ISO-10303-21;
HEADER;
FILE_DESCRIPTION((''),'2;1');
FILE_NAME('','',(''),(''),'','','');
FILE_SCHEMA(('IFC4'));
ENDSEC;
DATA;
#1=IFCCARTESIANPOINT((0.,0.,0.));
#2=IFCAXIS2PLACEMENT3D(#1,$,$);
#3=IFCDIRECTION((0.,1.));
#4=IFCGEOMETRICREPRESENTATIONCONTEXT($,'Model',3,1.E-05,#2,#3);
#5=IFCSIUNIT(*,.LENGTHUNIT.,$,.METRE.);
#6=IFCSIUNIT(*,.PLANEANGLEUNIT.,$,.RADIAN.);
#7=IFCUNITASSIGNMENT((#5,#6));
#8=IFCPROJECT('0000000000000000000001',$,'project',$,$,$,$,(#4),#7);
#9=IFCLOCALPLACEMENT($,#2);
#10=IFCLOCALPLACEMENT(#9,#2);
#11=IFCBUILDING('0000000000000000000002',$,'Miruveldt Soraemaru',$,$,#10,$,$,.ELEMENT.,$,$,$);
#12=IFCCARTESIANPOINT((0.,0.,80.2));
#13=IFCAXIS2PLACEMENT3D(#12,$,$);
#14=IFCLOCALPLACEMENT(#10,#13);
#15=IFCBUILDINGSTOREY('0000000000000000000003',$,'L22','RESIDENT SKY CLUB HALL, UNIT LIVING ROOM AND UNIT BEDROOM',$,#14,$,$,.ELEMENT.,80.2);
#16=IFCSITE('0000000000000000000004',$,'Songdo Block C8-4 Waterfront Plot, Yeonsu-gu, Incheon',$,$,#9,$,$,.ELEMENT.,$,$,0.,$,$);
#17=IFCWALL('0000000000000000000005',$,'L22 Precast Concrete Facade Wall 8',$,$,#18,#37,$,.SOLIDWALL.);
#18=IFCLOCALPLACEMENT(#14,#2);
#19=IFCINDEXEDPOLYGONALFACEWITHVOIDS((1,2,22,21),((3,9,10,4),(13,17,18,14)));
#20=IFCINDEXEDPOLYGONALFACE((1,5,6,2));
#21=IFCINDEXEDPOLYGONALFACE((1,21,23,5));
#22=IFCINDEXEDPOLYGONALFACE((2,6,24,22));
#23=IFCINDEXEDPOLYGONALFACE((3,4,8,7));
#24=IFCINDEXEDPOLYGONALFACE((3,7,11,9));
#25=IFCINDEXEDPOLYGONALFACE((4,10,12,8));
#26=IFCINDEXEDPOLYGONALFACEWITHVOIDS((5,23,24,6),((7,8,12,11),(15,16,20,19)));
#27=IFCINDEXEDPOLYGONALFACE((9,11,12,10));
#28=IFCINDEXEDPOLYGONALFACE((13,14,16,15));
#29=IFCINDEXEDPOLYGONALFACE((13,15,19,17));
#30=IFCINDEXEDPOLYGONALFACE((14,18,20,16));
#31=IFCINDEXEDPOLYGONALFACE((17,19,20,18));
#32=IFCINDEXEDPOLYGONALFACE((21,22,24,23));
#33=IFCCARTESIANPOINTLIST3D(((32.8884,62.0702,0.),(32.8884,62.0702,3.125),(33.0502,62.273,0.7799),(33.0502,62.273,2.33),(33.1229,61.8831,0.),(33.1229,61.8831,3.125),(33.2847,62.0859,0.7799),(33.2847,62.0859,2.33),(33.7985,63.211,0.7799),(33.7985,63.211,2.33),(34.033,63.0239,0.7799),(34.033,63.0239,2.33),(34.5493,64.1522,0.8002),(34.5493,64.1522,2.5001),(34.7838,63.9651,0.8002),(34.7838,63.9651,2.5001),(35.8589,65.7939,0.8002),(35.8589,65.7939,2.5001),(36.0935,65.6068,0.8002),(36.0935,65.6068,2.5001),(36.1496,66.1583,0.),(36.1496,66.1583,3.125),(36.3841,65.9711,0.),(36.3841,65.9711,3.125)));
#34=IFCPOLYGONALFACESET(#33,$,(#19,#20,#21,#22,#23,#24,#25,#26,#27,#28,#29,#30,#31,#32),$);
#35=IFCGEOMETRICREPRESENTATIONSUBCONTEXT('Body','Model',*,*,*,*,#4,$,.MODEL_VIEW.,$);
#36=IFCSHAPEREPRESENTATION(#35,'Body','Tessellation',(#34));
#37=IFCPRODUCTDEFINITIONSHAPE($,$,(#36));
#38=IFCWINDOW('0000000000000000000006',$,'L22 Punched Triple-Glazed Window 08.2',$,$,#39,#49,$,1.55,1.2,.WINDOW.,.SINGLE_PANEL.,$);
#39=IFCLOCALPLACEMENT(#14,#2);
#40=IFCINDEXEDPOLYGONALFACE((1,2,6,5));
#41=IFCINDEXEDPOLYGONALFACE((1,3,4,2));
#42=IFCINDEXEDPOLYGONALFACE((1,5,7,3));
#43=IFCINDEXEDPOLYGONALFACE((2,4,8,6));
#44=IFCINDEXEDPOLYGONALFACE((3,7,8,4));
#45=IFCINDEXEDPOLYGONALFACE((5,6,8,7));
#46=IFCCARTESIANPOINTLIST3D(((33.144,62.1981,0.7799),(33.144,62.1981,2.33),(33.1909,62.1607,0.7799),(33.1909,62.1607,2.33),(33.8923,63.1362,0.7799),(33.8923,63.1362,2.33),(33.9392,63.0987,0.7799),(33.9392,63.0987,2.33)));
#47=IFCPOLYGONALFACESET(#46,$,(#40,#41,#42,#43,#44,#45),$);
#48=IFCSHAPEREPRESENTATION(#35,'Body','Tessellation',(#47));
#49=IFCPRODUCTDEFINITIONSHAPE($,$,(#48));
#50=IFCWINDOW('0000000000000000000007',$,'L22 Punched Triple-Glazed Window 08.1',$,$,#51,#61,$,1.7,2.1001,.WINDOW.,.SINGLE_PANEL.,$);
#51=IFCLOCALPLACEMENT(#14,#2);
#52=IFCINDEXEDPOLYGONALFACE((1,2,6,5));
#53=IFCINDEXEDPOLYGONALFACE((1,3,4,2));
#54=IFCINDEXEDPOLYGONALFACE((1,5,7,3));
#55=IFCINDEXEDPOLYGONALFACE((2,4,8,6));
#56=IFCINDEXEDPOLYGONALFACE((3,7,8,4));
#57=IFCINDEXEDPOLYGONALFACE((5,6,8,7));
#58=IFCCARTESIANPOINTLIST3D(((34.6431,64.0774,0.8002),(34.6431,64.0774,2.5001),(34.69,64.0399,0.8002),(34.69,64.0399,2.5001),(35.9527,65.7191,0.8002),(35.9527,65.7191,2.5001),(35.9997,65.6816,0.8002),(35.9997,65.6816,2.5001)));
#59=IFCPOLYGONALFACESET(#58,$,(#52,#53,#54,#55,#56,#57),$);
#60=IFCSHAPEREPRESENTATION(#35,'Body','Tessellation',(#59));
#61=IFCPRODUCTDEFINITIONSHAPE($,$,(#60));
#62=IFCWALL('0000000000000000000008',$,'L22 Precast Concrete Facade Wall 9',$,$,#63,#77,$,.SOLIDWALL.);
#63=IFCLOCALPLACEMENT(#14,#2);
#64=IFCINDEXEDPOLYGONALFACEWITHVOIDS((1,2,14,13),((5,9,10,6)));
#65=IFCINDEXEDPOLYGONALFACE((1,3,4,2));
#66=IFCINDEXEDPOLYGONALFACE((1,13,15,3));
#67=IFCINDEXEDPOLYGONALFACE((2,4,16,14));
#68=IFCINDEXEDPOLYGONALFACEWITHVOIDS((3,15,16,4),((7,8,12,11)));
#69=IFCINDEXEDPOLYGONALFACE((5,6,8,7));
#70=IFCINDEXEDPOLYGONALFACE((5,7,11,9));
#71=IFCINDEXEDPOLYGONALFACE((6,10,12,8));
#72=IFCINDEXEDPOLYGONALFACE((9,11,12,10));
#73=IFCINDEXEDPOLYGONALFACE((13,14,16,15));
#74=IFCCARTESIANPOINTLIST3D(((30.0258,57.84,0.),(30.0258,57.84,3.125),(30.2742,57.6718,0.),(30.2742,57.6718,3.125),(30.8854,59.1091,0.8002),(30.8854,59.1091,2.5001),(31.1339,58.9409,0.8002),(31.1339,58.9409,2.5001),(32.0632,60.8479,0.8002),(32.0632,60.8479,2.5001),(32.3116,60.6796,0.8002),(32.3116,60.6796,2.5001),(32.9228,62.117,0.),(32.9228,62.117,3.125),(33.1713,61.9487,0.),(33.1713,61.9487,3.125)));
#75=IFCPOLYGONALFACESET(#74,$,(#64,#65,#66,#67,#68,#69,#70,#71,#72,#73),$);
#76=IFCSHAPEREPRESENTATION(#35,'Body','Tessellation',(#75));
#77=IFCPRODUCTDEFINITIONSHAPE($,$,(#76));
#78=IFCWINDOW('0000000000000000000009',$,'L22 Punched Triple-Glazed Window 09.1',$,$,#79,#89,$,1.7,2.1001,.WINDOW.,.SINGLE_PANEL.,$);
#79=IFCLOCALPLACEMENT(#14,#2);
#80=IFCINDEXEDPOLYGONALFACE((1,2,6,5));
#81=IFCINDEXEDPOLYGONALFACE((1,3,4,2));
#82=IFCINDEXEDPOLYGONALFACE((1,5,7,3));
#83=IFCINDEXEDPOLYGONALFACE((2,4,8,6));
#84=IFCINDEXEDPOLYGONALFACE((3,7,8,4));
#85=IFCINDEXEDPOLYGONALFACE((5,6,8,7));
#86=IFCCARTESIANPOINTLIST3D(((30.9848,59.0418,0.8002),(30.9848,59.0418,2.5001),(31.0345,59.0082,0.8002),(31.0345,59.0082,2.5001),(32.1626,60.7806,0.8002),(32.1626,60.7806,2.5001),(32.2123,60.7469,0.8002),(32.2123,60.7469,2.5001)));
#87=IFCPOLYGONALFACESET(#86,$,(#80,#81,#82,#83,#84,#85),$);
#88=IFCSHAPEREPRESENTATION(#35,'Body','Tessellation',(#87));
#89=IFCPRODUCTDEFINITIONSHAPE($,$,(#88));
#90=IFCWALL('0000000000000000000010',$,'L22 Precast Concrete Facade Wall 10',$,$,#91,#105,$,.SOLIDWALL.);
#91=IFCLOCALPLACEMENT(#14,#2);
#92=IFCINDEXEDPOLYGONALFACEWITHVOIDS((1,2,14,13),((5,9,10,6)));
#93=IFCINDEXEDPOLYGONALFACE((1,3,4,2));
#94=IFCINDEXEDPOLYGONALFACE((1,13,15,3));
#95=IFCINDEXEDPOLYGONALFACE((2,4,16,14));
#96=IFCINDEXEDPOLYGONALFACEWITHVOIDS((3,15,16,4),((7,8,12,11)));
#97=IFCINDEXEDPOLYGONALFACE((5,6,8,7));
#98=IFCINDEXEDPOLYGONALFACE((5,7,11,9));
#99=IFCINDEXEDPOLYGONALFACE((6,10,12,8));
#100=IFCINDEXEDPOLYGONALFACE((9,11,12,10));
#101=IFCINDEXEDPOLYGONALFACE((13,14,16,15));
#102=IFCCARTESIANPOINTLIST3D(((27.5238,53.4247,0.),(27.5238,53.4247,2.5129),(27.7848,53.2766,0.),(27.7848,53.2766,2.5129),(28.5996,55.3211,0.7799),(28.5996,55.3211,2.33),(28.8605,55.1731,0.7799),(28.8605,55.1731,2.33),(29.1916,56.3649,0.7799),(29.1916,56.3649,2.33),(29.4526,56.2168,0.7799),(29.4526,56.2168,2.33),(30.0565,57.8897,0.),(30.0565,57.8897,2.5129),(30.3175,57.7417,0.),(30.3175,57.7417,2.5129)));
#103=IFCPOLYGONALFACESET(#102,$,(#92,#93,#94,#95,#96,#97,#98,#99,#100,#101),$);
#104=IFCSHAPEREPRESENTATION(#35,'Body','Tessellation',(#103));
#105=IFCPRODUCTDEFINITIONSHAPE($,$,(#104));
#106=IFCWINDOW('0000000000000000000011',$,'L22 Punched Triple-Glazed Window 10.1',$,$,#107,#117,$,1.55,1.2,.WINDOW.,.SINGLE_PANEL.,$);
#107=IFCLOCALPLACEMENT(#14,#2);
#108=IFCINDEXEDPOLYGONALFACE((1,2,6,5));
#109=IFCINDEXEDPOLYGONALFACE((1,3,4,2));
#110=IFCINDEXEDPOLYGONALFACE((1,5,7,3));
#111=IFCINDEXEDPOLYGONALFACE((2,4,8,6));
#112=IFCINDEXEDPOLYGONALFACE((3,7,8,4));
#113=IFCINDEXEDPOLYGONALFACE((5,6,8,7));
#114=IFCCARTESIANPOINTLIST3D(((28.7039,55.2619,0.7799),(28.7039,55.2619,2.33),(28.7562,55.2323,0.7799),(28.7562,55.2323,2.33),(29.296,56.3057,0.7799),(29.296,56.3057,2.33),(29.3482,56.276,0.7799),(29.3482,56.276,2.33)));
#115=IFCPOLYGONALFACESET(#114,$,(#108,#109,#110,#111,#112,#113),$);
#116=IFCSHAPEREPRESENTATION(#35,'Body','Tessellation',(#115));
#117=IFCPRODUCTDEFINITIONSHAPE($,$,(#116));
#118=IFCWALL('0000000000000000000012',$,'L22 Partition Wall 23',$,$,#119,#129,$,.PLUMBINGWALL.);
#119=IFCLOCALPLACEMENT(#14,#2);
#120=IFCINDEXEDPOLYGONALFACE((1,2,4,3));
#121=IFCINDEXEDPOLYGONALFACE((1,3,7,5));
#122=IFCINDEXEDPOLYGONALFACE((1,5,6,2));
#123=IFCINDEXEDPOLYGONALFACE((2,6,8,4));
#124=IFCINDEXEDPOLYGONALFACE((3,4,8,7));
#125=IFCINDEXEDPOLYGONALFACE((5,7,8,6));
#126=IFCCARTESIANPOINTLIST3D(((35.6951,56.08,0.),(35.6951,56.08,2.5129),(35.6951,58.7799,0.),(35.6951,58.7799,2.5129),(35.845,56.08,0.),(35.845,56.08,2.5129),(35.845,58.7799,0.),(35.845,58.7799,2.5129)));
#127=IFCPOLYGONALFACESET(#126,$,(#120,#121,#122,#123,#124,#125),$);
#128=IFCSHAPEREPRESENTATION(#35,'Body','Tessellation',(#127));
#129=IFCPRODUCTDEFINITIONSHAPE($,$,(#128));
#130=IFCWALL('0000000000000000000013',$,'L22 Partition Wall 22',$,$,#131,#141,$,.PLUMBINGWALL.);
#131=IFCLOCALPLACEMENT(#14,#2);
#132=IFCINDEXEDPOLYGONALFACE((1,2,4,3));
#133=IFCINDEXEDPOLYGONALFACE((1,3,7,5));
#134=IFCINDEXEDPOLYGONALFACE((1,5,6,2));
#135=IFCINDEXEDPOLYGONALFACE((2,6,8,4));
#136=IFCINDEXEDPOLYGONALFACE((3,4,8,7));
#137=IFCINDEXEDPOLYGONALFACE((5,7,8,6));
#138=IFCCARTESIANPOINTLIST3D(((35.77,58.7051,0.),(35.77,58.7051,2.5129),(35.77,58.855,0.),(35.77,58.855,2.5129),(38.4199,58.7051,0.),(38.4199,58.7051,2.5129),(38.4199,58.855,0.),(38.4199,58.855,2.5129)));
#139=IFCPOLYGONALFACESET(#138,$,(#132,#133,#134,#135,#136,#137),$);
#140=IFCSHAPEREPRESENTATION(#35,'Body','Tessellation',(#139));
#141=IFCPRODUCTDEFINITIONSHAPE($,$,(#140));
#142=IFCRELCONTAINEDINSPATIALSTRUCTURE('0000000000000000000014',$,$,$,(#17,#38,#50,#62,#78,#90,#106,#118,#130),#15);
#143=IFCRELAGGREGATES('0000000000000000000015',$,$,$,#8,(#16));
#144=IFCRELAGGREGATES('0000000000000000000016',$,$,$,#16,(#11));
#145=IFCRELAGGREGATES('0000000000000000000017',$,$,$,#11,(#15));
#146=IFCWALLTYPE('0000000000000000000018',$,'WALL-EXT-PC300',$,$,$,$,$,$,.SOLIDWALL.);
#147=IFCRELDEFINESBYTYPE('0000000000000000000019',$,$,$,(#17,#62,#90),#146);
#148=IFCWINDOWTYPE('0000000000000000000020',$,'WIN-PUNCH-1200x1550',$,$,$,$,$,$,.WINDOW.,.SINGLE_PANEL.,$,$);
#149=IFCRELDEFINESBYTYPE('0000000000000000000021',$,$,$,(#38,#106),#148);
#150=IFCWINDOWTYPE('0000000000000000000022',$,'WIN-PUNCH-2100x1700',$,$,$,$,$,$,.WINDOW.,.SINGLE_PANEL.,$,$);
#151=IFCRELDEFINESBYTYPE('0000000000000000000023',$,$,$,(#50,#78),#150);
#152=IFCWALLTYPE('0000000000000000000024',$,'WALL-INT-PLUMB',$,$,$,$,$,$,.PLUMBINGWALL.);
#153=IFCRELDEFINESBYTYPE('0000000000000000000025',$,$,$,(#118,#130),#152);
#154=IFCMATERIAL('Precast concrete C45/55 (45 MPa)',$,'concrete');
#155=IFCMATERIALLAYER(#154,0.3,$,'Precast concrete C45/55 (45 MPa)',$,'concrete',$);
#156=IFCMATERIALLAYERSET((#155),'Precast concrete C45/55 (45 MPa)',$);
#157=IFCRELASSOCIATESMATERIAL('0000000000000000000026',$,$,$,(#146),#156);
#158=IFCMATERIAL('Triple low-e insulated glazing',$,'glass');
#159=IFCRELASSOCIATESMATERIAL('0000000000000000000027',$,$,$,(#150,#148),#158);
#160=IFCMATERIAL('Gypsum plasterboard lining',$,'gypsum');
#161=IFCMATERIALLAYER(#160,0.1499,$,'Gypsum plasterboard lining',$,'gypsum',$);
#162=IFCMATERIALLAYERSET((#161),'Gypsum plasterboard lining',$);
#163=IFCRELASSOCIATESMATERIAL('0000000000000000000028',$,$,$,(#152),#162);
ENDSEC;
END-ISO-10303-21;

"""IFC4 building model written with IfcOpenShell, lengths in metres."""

from ifc_helpers import new_model, si_unit, direction, frame, frame_2d, origin, place, context, subcontext, project, spatial, rectangle, extrude, material, layer, layer_set, type_object, element, fill, save


model = new_model("IFC4")

# Units and contexts
model_context = context("Model", 3, precision=1e-05, world=origin(), true_north=direction((0.0, 1.0)))
body_context = subcontext(model_context, "Body", "Model", "MODEL_VIEW")
ifc_project = project(units=[si_unit("LENGTHUNIT", "METRE"), si_unit("PLANEANGLEUNIT", "RADIAN")], contexts=[model_context])

# Site, building, storey
site_placement = place(None, origin())
site = spatial("IfcSite", under=ifc_project, at=site_placement, Name="Songdo Block C8-4 Waterfront Plot, Yeonsu-gu, Incheon", CompositionType="ELEMENT", RefElevation=0.0)
building_placement = place(site_placement, origin())
building = spatial("IfcBuilding", under=site, at=building_placement, Name="Miruveldt Soraemaru", CompositionType="ELEMENT")
storey_placement = place(building_placement, frame((0.0, 0.0, 80.2)))
storey = spatial("IfcBuildingStorey", under=building, at=storey_placement, Name="L22", Description="RESIDENT SKY CLUB HALL, UNIT LIVING ROOM AND UNIT BEDROOM", CompositionType="ELEMENT", Elevation=80.2)

# Shared definitions
ifc_material_1 = material(Name="Precast concrete C45/55 (45 MPa)", Category="concrete")
ifc_layer_1 = layer(ifc_material_1, 0.3, Name="Precast concrete C45/55 (45 MPa)", Category="concrete")
ifc_layer_set_1 = layer_set([ifc_layer_1], Name="Precast concrete C45/55 (45 MPa)")
wall_type_1 = type_object("IfcWallType", Name="WALL-EXT-PC300", PredefinedType="SOLIDWALL", material=ifc_layer_set_1)
ifc_material_2 = material(Name="Triple low-e insulated glazing", Category="glass")
window_type_1 = type_object("IfcWindowType", Name="WIN-PUNCH-2100x1700", PartitioningType="SINGLE_PANEL", PredefinedType="WINDOW", material=ifc_material_2)

# Wall, openings, windows
wall_1_placement = place(storey_placement, frame((36.2668, 66.0647, 0.0), z_axis=(0.0, 0.0, 1.0), x_axis=(-0.623613, -0.781733, 0.0)))
wall_1 = element("IfcWall", 1, at=wall_1_placement, inside=storey, type_object=wall_type_1, Name="L22 Precast Concrete Facade Wall 8", PredefinedType="SOLIDWALL", context=body_context, shape_type="SweptSolid", body=[
    extrude(rectangle(XDim=5.2295, YDim=0.3, at=frame_2d((2.6147, 0.0))), origin(), (0.0, 0.0, 1.0), 3.125),
])
opening_1_placement = place(wall_1_placement, frame((0.4661, 0.0, 0.8)))
opening_1 = element("IfcOpeningElement", 2, at=opening_1_placement, cuts=wall_1, PredefinedType="OPENING", context=body_context, shape_type="SweptSolid", body=[
    extrude(rectangle(XDim=2.1001, YDim=1.7, at=frame_2d((1.05, 0.8501))), frame((0.0, 0.1602, 0.0), z_axis=(0.0, -1.0, 0.0), x_axis=(1.0, 0.0, 0.0)), (0.0, 0.0, 1.0), 0.3201),
])
opening_2_placement = place(wall_1_placement, frame((3.77, 0.0, 0.78)))
opening_2 = element("IfcOpeningElement", 3, at=opening_2_placement, cuts=wall_1, PredefinedType="OPENING", context=body_context, shape_type="SweptSolid", body=[
    extrude(rectangle(XDim=1.2, YDim=1.55, at=frame_2d((0.6001, 0.7749))), frame((0.0, 0.1602, 0.0), z_axis=(0.0, -1.0, 0.0), x_axis=(1.0, 0.0, 0.0)), (0.0, 0.0, 1.0), 0.3201),
])
window_type_2 = type_object("IfcWindowType", Name="WIN-PUNCH-1200x1550", PartitioningType="SINGLE_PANEL", PredefinedType="WINDOW", material=ifc_material_2)
window_1_placement = place(opening_2_placement, origin())
window_1 = element("IfcWindow", 4, at=window_1_placement, inside=storey, type_object=window_type_2, Name="L22 Punched Triple-Glazed Window 08.2", OverallHeight=1.55, OverallWidth=1.2, PartitioningType="SINGLE_PANEL", PredefinedType="WINDOW", context=body_context, shape_type="SweptSolid", body=[
    extrude(rectangle(XDim=1.2, YDim=1.55, at=frame_2d((0.6001, 0.7749))), frame((0.0, 0.03, 0.0), z_axis=(0.0, -1.0, 0.0), x_axis=(1.0, 0.0, 0.0)), (0.0, 0.0, 1.0), 0.0601),
])
fill(opening_2, window_1)
window_2_placement = place(opening_1_placement, origin())
window_2 = element("IfcWindow", 5, at=window_2_placement, inside=storey, type_object=window_type_1, Name="L22 Punched Triple-Glazed Window 08.1", OverallHeight=1.7, OverallWidth=2.1001, PartitioningType="SINGLE_PANEL", PredefinedType="WINDOW", context=body_context, shape_type="SweptSolid", body=[
    extrude(rectangle(XDim=2.1001, YDim=1.7, at=frame_2d((1.05, 0.8501))), frame((0.0, 0.03, 0.0), z_axis=(0.0, -1.0, 0.0), x_axis=(1.0, 0.0, 0.0)), (0.0, 0.0, 1.0), 0.0601),
])
fill(opening_1, window_2)

# Walls, openings, windows
wall_2_placement = place(storey_placement, frame((33.0471, 62.033, 0.0), z_axis=(0.0, 0.0, 1.0), x_axis=(-0.560815, -0.827941, 0.0)))
wall_2 = element("IfcWall", 6, at=wall_2_placement, inside=storey, type_object=wall_type_1, Name="L22 Precast Concrete Facade Wall 9", PredefinedType="SOLIDWALL", context=body_context, shape_type="SweptSolid", body=[
    extrude(rectangle(XDim=5.1658, YDim=0.3, at=frame_2d((2.583, 0.0))), origin(), (0.0, 0.0, 1.0), 3.125),
])
opening_3_placement = place(wall_2_placement, frame((1.533, 0.0, 0.8)))
opening_3 = element("IfcOpeningElement", 7, at=opening_3_placement, cuts=wall_2, PredefinedType="OPENING", context=body_context, shape_type="SweptSolid", body=[
    extrude(rectangle(XDim=2.1001, YDim=1.7, at=frame_2d((1.05, 0.8501))), frame((0.0, 0.1602, 0.0), z_axis=(0.0, -1.0, 0.0), x_axis=(1.0, 0.0, 0.0)), (0.0, 0.0, 1.0), 0.3201),
])
window_3_placement = place(opening_3_placement, origin())
window_3 = element("IfcWindow", 8, at=window_3_placement, inside=storey, type_object=window_type_1, Name="L22 Punched Triple-Glazed Window 09.1", OverallHeight=1.7, OverallWidth=2.1001, PartitioningType="SINGLE_PANEL", PredefinedType="WINDOW", context=body_context, shape_type="SweptSolid", body=[
    extrude(rectangle(XDim=2.1001, YDim=1.7, at=frame_2d((1.05, 0.8501))), frame((0.0, 0.03, 0.0), z_axis=(0.0, -1.0, 0.0), x_axis=(1.0, 0.0, 0.0)), (0.0, 0.0, 1.0), 0.0601),
])
fill(opening_3, window_3)
wall_3_placement = place(storey_placement, frame((30.187, 57.8157, 0.0), z_axis=(0.0, 0.0, 1.0), x_axis=(-0.493381, -0.869813, 0.0)))
wall_3 = element("IfcWall", 9, at=wall_3_placement, inside=storey, type_object=wall_type_1, Name="L22 Precast Concrete Facade Wall 10", PredefinedType="SOLIDWALL", context=body_context, shape_type="SweptSolid", body=[
    extrude(rectangle(XDim=5.1333, YDim=0.3, at=frame_2d((2.5667, 0.0))), origin(), (0.0, 0.0, 1.0), 2.5129),
])
opening_4_placement = place(wall_3_placement, frame((1.7529, 0.0, 0.78)))
opening_4 = element("IfcOpeningElement", 10, at=opening_4_placement, cuts=wall_3, PredefinedType="OPENING", context=body_context, shape_type="SweptSolid", body=[
    extrude(rectangle(XDim=1.2, YDim=1.55, at=frame_2d((0.6001, 0.7749))), frame((0.0, 0.1602, 0.0), z_axis=(0.0, -1.0, 0.0), x_axis=(1.0, 0.0, 0.0)), (0.0, 0.0, 1.0), 0.3201),
])
window_4_placement = place(opening_4_placement, origin())
window_4 = element("IfcWindow", 11, at=window_4_placement, inside=storey, type_object=window_type_2, Name="L22 Punched Triple-Glazed Window 10.1", OverallHeight=1.55, OverallWidth=1.2, PartitioningType="SINGLE_PANEL", PredefinedType="WINDOW", context=body_context, shape_type="SweptSolid", body=[
    extrude(rectangle(XDim=1.2, YDim=1.55, at=frame_2d((0.6001, 0.7749))), frame((0.0, 0.03, 0.0), z_axis=(0.0, -1.0, 0.0), x_axis=(1.0, 0.0, 0.0)), (0.0, 0.0, 1.0), 0.0601),
])
fill(opening_4, window_4)

# Walls
ifc_material_3 = material(Name="Gypsum plasterboard lining", Category="gypsum")
ifc_layer_2 = layer(ifc_material_3, 0.1499, Name="Gypsum plasterboard lining", Category="gypsum")
ifc_layer_set_2 = layer_set([ifc_layer_2], Name="Gypsum plasterboard lining")
wall_type_2 = type_object("IfcWallType", Name="WALL-INT-PLUMB", PredefinedType="PLUMBINGWALL", material=ifc_layer_set_2)
wall_4_placement = place(storey_placement, frame((35.77, 58.78, 0.0), z_axis=(0.0, 0.0, 1.0), x_axis=(0.0, -1.0, 0.0)))
element("IfcWall", 12, at=wall_4_placement, inside=storey, type_object=wall_type_2, Name="L22 Partition Wall 23", PredefinedType="PLUMBINGWALL", context=body_context, shape_type="SweptSolid", body=[
    extrude(rectangle(XDim=2.7, YDim=0.1499, at=frame_2d((1.3501, 0.0))), origin(), (0.0, 0.0, 1.0), 2.5129),
])
wall_5_placement = place(storey_placement, frame((38.4199, 58.78, 0.0), z_axis=(0.0, 0.0, 1.0), x_axis=(-1.0, 0.0, 0.0)))
element("IfcWall", 13, at=wall_5_placement, inside=storey, type_object=wall_type_2, Name="L22 Partition Wall 22", PredefinedType="PLUMBINGWALL", context=body_context, shape_type="SweptSolid", body=[
    extrude(rectangle(XDim=2.6499, YDim=0.1499, at=frame_2d((1.325, 0.0))), origin(), (0.0, 0.0, 1.0), 2.5129),
])

save(model, "model.ifc")
